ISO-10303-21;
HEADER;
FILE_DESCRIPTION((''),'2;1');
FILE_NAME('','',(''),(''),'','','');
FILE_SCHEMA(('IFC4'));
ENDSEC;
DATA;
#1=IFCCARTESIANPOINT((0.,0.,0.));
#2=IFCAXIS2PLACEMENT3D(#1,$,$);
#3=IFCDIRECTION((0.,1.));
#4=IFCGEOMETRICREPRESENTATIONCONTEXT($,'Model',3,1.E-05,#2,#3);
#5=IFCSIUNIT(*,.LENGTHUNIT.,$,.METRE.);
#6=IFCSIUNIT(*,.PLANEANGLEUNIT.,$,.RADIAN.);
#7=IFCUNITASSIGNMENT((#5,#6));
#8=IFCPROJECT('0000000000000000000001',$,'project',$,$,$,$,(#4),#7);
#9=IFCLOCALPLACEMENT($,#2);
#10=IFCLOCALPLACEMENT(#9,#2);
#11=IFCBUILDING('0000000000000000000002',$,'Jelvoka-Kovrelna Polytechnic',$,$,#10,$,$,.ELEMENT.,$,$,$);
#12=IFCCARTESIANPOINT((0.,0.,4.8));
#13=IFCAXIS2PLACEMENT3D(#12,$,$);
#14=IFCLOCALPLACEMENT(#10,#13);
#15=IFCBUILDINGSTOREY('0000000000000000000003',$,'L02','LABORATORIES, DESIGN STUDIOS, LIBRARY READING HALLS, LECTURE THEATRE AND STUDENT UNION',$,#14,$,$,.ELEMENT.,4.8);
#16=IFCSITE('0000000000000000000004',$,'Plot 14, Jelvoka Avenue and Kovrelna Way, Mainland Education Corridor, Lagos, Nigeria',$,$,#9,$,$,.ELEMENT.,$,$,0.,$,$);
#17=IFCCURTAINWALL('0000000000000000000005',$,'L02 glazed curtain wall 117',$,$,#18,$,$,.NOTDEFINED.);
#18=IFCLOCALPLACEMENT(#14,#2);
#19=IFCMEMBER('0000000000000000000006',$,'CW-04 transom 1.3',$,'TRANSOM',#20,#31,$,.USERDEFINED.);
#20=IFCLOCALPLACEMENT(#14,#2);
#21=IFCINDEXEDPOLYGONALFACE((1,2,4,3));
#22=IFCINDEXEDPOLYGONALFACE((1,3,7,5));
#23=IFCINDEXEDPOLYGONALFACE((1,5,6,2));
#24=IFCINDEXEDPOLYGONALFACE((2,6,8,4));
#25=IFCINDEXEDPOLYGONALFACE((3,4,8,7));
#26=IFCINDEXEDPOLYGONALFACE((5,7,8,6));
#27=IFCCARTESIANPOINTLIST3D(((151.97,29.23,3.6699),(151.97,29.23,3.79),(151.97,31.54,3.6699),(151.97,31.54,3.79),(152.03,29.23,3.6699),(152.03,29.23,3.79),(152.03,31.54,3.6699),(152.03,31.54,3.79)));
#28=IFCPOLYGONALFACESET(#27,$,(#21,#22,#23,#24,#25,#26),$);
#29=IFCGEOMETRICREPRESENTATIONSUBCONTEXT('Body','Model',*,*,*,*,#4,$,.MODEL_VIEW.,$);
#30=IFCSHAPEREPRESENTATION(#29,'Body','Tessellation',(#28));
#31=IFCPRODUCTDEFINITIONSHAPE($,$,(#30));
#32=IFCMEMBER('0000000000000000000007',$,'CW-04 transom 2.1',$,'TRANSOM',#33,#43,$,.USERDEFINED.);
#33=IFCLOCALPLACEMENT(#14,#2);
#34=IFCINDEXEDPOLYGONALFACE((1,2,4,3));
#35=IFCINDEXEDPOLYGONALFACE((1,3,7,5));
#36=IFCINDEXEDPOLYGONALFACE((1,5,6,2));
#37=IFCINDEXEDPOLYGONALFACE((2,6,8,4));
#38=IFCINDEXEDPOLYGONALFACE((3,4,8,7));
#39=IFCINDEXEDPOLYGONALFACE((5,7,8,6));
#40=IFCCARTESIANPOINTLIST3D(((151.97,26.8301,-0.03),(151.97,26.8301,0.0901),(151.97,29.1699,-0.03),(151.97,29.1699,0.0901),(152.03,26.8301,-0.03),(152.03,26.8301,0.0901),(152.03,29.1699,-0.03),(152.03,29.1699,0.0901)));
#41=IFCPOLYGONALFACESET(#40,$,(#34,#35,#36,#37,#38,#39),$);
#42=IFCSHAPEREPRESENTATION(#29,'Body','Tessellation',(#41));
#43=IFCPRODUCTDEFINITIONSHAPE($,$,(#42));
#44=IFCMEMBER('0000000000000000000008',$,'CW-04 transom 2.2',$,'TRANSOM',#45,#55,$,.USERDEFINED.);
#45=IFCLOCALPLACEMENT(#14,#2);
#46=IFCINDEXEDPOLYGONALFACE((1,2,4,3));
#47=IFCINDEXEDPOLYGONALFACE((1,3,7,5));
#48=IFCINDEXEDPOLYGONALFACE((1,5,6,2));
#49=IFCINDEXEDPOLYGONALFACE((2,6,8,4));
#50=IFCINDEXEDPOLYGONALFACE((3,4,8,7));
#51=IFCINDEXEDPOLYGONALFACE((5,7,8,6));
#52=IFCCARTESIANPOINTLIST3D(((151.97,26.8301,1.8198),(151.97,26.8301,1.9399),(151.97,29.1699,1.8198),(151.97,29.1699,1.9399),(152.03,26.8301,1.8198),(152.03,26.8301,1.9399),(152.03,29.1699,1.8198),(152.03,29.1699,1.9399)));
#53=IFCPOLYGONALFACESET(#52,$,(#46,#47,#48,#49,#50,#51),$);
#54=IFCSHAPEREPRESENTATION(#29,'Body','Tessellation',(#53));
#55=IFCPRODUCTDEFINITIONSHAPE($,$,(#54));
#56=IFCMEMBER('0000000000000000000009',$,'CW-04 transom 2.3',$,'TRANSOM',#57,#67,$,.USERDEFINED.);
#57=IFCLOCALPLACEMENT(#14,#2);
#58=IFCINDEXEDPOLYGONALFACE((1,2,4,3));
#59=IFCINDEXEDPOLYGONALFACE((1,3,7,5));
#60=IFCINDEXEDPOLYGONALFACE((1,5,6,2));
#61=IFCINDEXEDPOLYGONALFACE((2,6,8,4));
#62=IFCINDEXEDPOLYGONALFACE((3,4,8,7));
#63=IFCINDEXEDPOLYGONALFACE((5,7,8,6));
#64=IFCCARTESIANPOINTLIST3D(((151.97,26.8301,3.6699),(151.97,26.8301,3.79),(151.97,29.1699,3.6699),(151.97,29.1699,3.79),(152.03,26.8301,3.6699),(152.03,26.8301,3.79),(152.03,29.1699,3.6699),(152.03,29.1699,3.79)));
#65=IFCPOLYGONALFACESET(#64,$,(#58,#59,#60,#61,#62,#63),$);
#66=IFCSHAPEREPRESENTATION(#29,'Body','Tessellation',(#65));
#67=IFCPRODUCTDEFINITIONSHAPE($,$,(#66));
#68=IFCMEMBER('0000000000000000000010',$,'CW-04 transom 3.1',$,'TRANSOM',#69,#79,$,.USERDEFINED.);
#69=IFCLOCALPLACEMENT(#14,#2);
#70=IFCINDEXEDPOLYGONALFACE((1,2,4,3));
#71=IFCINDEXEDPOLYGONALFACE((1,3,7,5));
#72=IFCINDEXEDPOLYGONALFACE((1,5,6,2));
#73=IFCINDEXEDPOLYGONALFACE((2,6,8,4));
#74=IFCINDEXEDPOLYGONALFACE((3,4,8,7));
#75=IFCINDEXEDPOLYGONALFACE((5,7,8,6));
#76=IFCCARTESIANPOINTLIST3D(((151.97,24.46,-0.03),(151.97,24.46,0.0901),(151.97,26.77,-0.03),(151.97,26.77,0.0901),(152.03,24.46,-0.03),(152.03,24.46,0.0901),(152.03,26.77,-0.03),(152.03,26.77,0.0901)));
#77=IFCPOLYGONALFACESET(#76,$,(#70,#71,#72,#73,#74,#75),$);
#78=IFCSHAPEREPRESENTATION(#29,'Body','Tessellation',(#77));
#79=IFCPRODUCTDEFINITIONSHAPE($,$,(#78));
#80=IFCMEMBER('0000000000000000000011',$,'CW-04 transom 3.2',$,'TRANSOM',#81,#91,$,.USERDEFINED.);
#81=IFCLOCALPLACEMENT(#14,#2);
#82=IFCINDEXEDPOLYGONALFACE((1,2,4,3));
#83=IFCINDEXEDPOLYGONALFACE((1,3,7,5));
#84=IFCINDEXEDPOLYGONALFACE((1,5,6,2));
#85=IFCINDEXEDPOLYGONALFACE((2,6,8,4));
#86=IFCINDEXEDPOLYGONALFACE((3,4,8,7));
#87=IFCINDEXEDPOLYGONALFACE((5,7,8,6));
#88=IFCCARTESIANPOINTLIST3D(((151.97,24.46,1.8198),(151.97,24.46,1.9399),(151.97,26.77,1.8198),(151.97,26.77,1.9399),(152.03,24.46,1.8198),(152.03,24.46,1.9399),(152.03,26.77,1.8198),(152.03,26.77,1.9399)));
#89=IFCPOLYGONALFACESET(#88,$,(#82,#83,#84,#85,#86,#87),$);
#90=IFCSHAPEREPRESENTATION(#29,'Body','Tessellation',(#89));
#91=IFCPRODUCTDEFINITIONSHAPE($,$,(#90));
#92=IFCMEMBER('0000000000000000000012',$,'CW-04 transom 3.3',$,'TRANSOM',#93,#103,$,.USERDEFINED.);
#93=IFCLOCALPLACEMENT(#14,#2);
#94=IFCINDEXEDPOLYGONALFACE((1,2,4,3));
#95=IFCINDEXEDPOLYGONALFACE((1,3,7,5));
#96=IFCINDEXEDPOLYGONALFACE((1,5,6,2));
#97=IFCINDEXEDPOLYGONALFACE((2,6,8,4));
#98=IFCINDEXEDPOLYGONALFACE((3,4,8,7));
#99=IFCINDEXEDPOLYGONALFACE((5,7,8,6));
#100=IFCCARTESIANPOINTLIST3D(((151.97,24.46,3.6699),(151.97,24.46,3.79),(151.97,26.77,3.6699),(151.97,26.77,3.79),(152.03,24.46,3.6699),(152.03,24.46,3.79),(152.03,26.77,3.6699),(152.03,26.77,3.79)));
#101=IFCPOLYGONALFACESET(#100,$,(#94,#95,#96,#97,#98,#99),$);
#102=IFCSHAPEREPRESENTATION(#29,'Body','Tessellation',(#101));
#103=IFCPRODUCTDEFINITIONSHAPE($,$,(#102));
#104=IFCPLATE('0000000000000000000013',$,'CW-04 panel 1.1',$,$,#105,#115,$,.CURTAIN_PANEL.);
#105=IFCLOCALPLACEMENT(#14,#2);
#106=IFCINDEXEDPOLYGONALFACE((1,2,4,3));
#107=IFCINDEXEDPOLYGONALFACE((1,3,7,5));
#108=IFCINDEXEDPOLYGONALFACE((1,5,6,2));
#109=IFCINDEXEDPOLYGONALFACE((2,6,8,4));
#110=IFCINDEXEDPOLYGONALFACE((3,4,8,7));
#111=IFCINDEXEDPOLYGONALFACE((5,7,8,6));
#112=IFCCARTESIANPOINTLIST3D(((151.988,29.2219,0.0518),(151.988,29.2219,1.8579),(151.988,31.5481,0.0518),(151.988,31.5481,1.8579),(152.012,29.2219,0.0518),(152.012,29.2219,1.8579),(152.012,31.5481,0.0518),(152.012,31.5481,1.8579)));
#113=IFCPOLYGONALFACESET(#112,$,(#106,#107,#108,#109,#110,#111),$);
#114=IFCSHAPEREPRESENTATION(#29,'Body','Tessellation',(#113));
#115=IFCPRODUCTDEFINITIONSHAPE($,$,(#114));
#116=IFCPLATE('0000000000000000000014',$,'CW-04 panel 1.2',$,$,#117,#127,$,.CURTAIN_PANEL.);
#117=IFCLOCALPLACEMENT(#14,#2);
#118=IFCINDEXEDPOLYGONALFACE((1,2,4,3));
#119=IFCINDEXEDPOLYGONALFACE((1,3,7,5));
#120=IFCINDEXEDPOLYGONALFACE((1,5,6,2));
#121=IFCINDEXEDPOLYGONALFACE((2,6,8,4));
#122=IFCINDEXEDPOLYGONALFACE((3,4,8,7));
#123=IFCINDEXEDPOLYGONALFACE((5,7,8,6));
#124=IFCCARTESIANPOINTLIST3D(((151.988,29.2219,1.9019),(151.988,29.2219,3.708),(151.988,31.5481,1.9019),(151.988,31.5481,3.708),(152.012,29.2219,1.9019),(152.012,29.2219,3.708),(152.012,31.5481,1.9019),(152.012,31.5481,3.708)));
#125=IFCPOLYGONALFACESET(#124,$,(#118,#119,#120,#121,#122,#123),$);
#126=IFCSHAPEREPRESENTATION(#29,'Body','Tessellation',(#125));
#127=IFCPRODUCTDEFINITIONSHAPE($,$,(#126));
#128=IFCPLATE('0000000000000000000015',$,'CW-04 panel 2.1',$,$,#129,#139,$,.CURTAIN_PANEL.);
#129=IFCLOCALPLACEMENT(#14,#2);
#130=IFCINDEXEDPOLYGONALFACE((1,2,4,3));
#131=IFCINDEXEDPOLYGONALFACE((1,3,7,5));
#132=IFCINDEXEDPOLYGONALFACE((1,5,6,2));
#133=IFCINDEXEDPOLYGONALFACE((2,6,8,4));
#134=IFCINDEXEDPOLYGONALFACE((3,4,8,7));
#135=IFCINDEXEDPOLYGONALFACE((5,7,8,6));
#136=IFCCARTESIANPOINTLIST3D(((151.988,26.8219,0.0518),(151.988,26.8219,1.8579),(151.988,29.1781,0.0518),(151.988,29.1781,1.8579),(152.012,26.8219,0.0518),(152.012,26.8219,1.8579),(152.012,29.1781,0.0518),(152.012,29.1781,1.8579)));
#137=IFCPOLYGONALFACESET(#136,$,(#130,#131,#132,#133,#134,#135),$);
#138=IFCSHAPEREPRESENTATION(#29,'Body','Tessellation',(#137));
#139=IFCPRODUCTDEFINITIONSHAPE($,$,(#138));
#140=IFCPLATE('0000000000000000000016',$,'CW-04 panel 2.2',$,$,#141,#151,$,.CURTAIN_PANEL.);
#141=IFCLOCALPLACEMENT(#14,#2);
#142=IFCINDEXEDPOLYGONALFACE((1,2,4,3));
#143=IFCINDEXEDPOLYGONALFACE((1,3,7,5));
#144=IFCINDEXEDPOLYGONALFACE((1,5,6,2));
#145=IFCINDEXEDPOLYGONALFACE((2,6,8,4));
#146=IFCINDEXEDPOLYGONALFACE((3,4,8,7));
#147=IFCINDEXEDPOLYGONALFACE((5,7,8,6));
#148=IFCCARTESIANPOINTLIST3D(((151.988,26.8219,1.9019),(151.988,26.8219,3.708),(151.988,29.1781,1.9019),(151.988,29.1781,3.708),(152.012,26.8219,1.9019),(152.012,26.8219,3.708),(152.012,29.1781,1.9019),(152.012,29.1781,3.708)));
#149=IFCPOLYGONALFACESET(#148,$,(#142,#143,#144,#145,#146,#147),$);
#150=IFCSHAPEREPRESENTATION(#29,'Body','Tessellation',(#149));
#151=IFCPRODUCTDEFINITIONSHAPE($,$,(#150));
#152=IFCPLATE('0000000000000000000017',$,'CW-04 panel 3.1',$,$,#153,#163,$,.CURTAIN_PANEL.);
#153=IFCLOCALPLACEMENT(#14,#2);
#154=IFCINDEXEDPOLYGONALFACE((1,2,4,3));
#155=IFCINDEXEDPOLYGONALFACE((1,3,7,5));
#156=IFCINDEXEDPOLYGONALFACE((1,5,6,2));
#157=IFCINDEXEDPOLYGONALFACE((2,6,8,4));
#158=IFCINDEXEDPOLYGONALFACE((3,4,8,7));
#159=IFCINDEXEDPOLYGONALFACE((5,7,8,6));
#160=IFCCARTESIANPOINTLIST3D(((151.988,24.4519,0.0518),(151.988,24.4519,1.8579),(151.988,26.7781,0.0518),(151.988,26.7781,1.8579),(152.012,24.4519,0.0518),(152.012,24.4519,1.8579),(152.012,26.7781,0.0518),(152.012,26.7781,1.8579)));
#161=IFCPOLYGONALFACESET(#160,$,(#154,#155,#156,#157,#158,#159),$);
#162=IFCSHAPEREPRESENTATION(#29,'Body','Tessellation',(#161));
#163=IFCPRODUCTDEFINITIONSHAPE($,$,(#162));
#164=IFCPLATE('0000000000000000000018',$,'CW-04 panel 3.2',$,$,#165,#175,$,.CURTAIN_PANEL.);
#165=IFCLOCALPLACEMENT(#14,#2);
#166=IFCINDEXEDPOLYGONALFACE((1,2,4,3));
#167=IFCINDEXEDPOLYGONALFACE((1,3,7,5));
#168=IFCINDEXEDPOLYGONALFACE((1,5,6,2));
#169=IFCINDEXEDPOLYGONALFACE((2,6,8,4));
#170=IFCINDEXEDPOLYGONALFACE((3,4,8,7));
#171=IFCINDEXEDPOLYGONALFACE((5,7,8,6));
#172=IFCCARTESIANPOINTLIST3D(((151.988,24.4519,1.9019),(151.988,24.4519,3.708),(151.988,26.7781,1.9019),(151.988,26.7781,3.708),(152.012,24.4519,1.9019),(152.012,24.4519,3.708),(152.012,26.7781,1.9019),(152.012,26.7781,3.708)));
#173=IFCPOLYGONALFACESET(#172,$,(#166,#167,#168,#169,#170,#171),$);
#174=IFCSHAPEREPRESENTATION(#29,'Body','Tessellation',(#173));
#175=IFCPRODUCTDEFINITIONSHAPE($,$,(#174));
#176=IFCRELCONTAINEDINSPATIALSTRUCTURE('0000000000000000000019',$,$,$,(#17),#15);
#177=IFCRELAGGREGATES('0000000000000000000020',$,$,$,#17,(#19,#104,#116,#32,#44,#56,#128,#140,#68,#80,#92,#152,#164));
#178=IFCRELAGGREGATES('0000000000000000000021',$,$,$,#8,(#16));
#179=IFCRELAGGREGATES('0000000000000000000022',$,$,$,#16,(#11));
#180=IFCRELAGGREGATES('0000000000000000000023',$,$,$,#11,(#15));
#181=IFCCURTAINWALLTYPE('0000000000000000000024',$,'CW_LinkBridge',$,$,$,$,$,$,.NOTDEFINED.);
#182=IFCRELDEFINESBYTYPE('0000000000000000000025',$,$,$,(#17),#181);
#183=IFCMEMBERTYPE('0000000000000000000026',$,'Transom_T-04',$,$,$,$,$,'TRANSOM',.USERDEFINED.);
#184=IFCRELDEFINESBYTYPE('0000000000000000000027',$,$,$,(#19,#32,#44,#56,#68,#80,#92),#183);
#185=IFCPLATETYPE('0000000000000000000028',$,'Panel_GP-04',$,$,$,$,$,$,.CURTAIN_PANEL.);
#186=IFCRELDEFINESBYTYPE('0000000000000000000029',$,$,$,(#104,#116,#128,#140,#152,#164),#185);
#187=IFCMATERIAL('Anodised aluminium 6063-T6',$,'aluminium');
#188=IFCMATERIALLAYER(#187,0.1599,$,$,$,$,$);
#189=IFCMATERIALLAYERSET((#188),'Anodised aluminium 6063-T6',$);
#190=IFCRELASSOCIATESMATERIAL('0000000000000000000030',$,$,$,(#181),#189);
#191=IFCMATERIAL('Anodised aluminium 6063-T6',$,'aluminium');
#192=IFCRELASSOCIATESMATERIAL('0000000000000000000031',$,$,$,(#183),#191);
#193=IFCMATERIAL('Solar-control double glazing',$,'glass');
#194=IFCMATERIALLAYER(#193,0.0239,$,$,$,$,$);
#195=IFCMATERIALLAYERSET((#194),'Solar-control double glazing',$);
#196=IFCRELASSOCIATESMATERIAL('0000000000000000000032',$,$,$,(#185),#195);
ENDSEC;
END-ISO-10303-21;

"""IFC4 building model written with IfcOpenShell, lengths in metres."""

from ifc_helpers import new_model, si_unit, direction, frame, origin, origin_2d, place, context, subcontext, project, spatial, rectangle, extrude, material, layer, layer_set, material_profile, profile_set, type_object, element, aggregate, save


model = new_model("IFC4")

# Units and contexts
model_context = context("Model", 3, precision=1e-05, world=origin(), true_north=direction((0.0, 1.0)))
body_context = subcontext(model_context, "Body", "Model", "MODEL_VIEW")
ifc_project = project(units=[si_unit("LENGTHUNIT", "METRE"), si_unit("PLANEANGLEUNIT", "RADIAN")], contexts=[model_context])

# Site, building, storey
site_placement = place(None, origin())
site = spatial("IfcSite", under=ifc_project, at=site_placement, Name="Plot 14, Jelvoka Avenue and Kovrelna Way, Mainland Education Corridor, Lagos, Nigeria", CompositionType="ELEMENT", RefElevation=0.0)
building_placement = place(site_placement, origin())
building = spatial("IfcBuilding", under=site, at=building_placement, Name="Jelvoka-Kovrelna Polytechnic", CompositionType="ELEMENT")
storey_placement = place(building_placement, frame((0.0, 0.0, 4.8)))
storey = spatial("IfcBuildingStorey", under=building, at=storey_placement, Name="L02", Description="LABORATORIES, DESIGN STUDIOS, LIBRARY READING HALLS, LECTURE THEATRE AND STUDENT UNION", CompositionType="ELEMENT", Elevation=4.8)

# Curtain wall, members, plates
ifc_material_1 = material(Name="Anodised aluminium 6063-T6", Category="aluminium")
ifc_layer_1 = layer(ifc_material_1, 0.1599)
ifc_layer_set_1 = layer_set([ifc_layer_1], Name="Anodised aluminium 6063-T6")
curtain_wall_type = type_object("IfcCurtainWallType", Name="CW_LinkBridge", PredefinedType="NOTDEFINED", material=ifc_layer_set_1)
curtain_wall_placement = place(storey_placement, origin())
curtain_wall = element("IfcCurtainWall", 1, at=curtain_wall_placement, inside=storey, type_object=curtain_wall_type, Name="L02 glazed curtain wall 117", PredefinedType="NOTDEFINED")
ifc_material_2 = material(Name="Anodised aluminium 6063-T6", Category="aluminium")
ifc_material_profile_1 = material_profile(ifc_material_2, rectangle(XDim=0.0601, YDim=0.1201, at=origin_2d()), Name="ALU 60x120")
ifc_profile_set_1 = profile_set([ifc_material_profile_1], Name="Anodised aluminium 6063-T6")
member_type_1 = type_object("IfcMemberType", Name="Transom_T-04", ElementType="TRANSOM", PredefinedType="USERDEFINED", material=ifc_profile_set_1)
member_1_placement = place(storey_placement, frame((152.0, 31.54, 3.73), z_axis=(0.0, -1.0, 0.0), x_axis=(1.0, 0.0, 0.0)))
member_1 = element("IfcMember", 2, at=member_1_placement, type_object=member_type_1, Name="CW-04 transom 1.3", ObjectType="TRANSOM", PredefinedType="USERDEFINED", context=body_context, shape_type="SweptSolid", body=[
    extrude(rectangle(XDim=0.0601, YDim=0.1201, at=origin_2d()), origin(), (0.0, 0.0, 1.0), 2.3101),
])
member_2_placement = place(storey_placement, frame((152.0, 29.1699, 0.03), z_axis=(0.0, -1.0, 0.0), x_axis=(1.0, 0.0, 0.0)))
member_2 = element("IfcMember", 3, at=member_2_placement, type_object=member_type_1, Name="CW-04 transom 2.1", ObjectType="TRANSOM", PredefinedType="USERDEFINED", context=body_context, shape_type="SweptSolid", body=[
    extrude(rectangle(XDim=0.0601, YDim=0.1201, at=origin_2d()), origin(), (0.0, 0.0, 1.0), 2.3398),
])
member_3_placement = place(storey_placement, frame((152.0, 29.1699, 1.8799), z_axis=(0.0, -1.0, 0.0), x_axis=(1.0, 0.0, 0.0)))
member_3 = element("IfcMember", 4, at=member_3_placement, type_object=member_type_1, Name="CW-04 transom 2.2", ObjectType="TRANSOM", PredefinedType="USERDEFINED", context=body_context, shape_type="SweptSolid", body=[
    extrude(rectangle(XDim=0.0601, YDim=0.1201, at=origin_2d()), origin(), (0.0, 0.0, 1.0), 2.3398),
])
member_4_placement = place(storey_placement, frame((152.0, 29.1699, 3.73), z_axis=(0.0, -1.0, 0.0), x_axis=(1.0, 0.0, 0.0)))
member_4 = element("IfcMember", 5, at=member_4_placement, type_object=member_type_1, Name="CW-04 transom 2.3", ObjectType="TRANSOM", PredefinedType="USERDEFINED", context=body_context, shape_type="SweptSolid", body=[
    extrude(rectangle(XDim=0.0601, YDim=0.1201, at=origin_2d()), origin(), (0.0, 0.0, 1.0), 2.3398),
])
member_5_placement = place(storey_placement, frame((152.0, 26.77, 0.03), z_axis=(0.0, -1.0, 0.0), x_axis=(1.0, 0.0, 0.0)))
member_5 = element("IfcMember", 6, at=member_5_placement, type_object=member_type_1, Name="CW-04 transom 3.1", ObjectType="TRANSOM", PredefinedType="USERDEFINED", context=body_context, shape_type="SweptSolid", body=[
    extrude(rectangle(XDim=0.0601, YDim=0.1201, at=origin_2d()), origin(), (0.0, 0.0, 1.0), 2.3101),
])
member_6_placement = place(storey_placement, frame((152.0, 26.77, 1.8799), z_axis=(0.0, -1.0, 0.0), x_axis=(1.0, 0.0, 0.0)))
member_6 = element("IfcMember", 7, at=member_6_placement, type_object=member_type_1, Name="CW-04 transom 3.2", ObjectType="TRANSOM", PredefinedType="USERDEFINED", context=body_context, shape_type="SweptSolid", body=[
    extrude(rectangle(XDim=0.0601, YDim=0.1201, at=origin_2d()), origin(), (0.0, 0.0, 1.0), 2.3101),
])
member_7_placement = place(storey_placement, frame((152.0, 26.77, 3.73), z_axis=(0.0, -1.0, 0.0), x_axis=(1.0, 0.0, 0.0)))
member_7 = element("IfcMember", 8, at=member_7_placement, type_object=member_type_1, Name="CW-04 transom 3.3", ObjectType="TRANSOM", PredefinedType="USERDEFINED", context=body_context, shape_type="SweptSolid", body=[
    extrude(rectangle(XDim=0.0601, YDim=0.1201, at=origin_2d()), origin(), (0.0, 0.0, 1.0), 2.3101),
])
ifc_material_3 = material(Name="Solar-control double glazing", Category="glass")
ifc_layer_2 = layer(ifc_material_3, 0.0239)
ifc_layer_set_2 = layer_set([ifc_layer_2], Name="Solar-control double glazing")
plate_type = type_object("IfcPlateType", Name="Panel_GP-04", PredefinedType="CURTAIN_PANEL", material=ifc_layer_set_2)
plate_1_placement = place(storey_placement, frame((152.0, 30.385, 0.0518), z_axis=(0.0, 0.0, 1.0), x_axis=(0.0, -1.0, 0.0)))
plate_1 = element("IfcPlate", 9, at=plate_1_placement, type_object=plate_type, Name="CW-04 panel 1.1", PredefinedType="CURTAIN_PANEL", context=body_context, shape_type="SweptSolid", body=[
    extrude(rectangle(XDim=2.3262, YDim=0.0239, at=origin_2d()), origin(), (0.0, 0.0, 1.0), 1.8062),
])
plate_2_placement = place(storey_placement, frame((152.0, 30.385, 1.9019), z_axis=(0.0, 0.0, 1.0), x_axis=(0.0, -1.0, 0.0)))
plate_2 = element("IfcPlate", 10, at=plate_2_placement, type_object=plate_type, Name="CW-04 panel 1.2", PredefinedType="CURTAIN_PANEL", context=body_context, shape_type="SweptSolid", body=[
    extrude(rectangle(XDim=2.3262, YDim=0.0239, at=origin_2d()), origin(), (0.0, 0.0, 1.0), 1.8062),
])
plate_3_placement = place(storey_placement, frame((152.0, 28.0, 0.0518), z_axis=(0.0, 0.0, 1.0), x_axis=(0.0, -1.0, 0.0)))
plate_3 = element("IfcPlate", 11, at=plate_3_placement, type_object=plate_type, Name="CW-04 panel 2.1", PredefinedType="CURTAIN_PANEL", context=body_context, shape_type="SweptSolid", body=[
    extrude(rectangle(XDim=2.3562, YDim=0.0239, at=origin_2d()), origin(), (0.0, 0.0, 1.0), 1.8062),
])
plate_4_placement = place(storey_placement, frame((152.0, 28.0, 1.9019), z_axis=(0.0, 0.0, 1.0), x_axis=(0.0, -1.0, 0.0)))
plate_4 = element("IfcPlate", 12, at=plate_4_placement, type_object=plate_type, Name="CW-04 panel 2.2", PredefinedType="CURTAIN_PANEL", context=body_context, shape_type="SweptSolid", body=[
    extrude(rectangle(XDim=2.3562, YDim=0.0239, at=origin_2d()), origin(), (0.0, 0.0, 1.0), 1.8062),
])
plate_5_placement = place(storey_placement, frame((152.0, 25.615, 0.0518), z_axis=(0.0, 0.0, 1.0), x_axis=(0.0, -1.0, 0.0)))
plate_5 = element("IfcPlate", 13, at=plate_5_placement, type_object=plate_type, Name="CW-04 panel 3.1", PredefinedType="CURTAIN_PANEL", context=body_context, shape_type="SweptSolid", body=[
    extrude(rectangle(XDim=2.3262, YDim=0.0239, at=origin_2d()), origin(), (0.0, 0.0, 1.0), 1.8062),
])
plate_6_placement = place(storey_placement, frame((152.0, 25.615, 1.9019), z_axis=(0.0, 0.0, 1.0), x_axis=(0.0, -1.0, 0.0)))
plate_6 = element("IfcPlate", 14, at=plate_6_placement, type_object=plate_type, Name="CW-04 panel 3.2", PredefinedType="CURTAIN_PANEL", context=body_context, shape_type="SweptSolid", body=[
    extrude(rectangle(XDim=2.3262, YDim=0.0239, at=origin_2d()), origin(), (0.0, 0.0, 1.0), 1.8062),
])
aggregate(curtain_wall, [member_1, plate_1, plate_2, member_2, member_3, member_4, plate_3, plate_4, member_5, member_6, member_7, plate_5, plate_6])

save(model, "model.ifc")
